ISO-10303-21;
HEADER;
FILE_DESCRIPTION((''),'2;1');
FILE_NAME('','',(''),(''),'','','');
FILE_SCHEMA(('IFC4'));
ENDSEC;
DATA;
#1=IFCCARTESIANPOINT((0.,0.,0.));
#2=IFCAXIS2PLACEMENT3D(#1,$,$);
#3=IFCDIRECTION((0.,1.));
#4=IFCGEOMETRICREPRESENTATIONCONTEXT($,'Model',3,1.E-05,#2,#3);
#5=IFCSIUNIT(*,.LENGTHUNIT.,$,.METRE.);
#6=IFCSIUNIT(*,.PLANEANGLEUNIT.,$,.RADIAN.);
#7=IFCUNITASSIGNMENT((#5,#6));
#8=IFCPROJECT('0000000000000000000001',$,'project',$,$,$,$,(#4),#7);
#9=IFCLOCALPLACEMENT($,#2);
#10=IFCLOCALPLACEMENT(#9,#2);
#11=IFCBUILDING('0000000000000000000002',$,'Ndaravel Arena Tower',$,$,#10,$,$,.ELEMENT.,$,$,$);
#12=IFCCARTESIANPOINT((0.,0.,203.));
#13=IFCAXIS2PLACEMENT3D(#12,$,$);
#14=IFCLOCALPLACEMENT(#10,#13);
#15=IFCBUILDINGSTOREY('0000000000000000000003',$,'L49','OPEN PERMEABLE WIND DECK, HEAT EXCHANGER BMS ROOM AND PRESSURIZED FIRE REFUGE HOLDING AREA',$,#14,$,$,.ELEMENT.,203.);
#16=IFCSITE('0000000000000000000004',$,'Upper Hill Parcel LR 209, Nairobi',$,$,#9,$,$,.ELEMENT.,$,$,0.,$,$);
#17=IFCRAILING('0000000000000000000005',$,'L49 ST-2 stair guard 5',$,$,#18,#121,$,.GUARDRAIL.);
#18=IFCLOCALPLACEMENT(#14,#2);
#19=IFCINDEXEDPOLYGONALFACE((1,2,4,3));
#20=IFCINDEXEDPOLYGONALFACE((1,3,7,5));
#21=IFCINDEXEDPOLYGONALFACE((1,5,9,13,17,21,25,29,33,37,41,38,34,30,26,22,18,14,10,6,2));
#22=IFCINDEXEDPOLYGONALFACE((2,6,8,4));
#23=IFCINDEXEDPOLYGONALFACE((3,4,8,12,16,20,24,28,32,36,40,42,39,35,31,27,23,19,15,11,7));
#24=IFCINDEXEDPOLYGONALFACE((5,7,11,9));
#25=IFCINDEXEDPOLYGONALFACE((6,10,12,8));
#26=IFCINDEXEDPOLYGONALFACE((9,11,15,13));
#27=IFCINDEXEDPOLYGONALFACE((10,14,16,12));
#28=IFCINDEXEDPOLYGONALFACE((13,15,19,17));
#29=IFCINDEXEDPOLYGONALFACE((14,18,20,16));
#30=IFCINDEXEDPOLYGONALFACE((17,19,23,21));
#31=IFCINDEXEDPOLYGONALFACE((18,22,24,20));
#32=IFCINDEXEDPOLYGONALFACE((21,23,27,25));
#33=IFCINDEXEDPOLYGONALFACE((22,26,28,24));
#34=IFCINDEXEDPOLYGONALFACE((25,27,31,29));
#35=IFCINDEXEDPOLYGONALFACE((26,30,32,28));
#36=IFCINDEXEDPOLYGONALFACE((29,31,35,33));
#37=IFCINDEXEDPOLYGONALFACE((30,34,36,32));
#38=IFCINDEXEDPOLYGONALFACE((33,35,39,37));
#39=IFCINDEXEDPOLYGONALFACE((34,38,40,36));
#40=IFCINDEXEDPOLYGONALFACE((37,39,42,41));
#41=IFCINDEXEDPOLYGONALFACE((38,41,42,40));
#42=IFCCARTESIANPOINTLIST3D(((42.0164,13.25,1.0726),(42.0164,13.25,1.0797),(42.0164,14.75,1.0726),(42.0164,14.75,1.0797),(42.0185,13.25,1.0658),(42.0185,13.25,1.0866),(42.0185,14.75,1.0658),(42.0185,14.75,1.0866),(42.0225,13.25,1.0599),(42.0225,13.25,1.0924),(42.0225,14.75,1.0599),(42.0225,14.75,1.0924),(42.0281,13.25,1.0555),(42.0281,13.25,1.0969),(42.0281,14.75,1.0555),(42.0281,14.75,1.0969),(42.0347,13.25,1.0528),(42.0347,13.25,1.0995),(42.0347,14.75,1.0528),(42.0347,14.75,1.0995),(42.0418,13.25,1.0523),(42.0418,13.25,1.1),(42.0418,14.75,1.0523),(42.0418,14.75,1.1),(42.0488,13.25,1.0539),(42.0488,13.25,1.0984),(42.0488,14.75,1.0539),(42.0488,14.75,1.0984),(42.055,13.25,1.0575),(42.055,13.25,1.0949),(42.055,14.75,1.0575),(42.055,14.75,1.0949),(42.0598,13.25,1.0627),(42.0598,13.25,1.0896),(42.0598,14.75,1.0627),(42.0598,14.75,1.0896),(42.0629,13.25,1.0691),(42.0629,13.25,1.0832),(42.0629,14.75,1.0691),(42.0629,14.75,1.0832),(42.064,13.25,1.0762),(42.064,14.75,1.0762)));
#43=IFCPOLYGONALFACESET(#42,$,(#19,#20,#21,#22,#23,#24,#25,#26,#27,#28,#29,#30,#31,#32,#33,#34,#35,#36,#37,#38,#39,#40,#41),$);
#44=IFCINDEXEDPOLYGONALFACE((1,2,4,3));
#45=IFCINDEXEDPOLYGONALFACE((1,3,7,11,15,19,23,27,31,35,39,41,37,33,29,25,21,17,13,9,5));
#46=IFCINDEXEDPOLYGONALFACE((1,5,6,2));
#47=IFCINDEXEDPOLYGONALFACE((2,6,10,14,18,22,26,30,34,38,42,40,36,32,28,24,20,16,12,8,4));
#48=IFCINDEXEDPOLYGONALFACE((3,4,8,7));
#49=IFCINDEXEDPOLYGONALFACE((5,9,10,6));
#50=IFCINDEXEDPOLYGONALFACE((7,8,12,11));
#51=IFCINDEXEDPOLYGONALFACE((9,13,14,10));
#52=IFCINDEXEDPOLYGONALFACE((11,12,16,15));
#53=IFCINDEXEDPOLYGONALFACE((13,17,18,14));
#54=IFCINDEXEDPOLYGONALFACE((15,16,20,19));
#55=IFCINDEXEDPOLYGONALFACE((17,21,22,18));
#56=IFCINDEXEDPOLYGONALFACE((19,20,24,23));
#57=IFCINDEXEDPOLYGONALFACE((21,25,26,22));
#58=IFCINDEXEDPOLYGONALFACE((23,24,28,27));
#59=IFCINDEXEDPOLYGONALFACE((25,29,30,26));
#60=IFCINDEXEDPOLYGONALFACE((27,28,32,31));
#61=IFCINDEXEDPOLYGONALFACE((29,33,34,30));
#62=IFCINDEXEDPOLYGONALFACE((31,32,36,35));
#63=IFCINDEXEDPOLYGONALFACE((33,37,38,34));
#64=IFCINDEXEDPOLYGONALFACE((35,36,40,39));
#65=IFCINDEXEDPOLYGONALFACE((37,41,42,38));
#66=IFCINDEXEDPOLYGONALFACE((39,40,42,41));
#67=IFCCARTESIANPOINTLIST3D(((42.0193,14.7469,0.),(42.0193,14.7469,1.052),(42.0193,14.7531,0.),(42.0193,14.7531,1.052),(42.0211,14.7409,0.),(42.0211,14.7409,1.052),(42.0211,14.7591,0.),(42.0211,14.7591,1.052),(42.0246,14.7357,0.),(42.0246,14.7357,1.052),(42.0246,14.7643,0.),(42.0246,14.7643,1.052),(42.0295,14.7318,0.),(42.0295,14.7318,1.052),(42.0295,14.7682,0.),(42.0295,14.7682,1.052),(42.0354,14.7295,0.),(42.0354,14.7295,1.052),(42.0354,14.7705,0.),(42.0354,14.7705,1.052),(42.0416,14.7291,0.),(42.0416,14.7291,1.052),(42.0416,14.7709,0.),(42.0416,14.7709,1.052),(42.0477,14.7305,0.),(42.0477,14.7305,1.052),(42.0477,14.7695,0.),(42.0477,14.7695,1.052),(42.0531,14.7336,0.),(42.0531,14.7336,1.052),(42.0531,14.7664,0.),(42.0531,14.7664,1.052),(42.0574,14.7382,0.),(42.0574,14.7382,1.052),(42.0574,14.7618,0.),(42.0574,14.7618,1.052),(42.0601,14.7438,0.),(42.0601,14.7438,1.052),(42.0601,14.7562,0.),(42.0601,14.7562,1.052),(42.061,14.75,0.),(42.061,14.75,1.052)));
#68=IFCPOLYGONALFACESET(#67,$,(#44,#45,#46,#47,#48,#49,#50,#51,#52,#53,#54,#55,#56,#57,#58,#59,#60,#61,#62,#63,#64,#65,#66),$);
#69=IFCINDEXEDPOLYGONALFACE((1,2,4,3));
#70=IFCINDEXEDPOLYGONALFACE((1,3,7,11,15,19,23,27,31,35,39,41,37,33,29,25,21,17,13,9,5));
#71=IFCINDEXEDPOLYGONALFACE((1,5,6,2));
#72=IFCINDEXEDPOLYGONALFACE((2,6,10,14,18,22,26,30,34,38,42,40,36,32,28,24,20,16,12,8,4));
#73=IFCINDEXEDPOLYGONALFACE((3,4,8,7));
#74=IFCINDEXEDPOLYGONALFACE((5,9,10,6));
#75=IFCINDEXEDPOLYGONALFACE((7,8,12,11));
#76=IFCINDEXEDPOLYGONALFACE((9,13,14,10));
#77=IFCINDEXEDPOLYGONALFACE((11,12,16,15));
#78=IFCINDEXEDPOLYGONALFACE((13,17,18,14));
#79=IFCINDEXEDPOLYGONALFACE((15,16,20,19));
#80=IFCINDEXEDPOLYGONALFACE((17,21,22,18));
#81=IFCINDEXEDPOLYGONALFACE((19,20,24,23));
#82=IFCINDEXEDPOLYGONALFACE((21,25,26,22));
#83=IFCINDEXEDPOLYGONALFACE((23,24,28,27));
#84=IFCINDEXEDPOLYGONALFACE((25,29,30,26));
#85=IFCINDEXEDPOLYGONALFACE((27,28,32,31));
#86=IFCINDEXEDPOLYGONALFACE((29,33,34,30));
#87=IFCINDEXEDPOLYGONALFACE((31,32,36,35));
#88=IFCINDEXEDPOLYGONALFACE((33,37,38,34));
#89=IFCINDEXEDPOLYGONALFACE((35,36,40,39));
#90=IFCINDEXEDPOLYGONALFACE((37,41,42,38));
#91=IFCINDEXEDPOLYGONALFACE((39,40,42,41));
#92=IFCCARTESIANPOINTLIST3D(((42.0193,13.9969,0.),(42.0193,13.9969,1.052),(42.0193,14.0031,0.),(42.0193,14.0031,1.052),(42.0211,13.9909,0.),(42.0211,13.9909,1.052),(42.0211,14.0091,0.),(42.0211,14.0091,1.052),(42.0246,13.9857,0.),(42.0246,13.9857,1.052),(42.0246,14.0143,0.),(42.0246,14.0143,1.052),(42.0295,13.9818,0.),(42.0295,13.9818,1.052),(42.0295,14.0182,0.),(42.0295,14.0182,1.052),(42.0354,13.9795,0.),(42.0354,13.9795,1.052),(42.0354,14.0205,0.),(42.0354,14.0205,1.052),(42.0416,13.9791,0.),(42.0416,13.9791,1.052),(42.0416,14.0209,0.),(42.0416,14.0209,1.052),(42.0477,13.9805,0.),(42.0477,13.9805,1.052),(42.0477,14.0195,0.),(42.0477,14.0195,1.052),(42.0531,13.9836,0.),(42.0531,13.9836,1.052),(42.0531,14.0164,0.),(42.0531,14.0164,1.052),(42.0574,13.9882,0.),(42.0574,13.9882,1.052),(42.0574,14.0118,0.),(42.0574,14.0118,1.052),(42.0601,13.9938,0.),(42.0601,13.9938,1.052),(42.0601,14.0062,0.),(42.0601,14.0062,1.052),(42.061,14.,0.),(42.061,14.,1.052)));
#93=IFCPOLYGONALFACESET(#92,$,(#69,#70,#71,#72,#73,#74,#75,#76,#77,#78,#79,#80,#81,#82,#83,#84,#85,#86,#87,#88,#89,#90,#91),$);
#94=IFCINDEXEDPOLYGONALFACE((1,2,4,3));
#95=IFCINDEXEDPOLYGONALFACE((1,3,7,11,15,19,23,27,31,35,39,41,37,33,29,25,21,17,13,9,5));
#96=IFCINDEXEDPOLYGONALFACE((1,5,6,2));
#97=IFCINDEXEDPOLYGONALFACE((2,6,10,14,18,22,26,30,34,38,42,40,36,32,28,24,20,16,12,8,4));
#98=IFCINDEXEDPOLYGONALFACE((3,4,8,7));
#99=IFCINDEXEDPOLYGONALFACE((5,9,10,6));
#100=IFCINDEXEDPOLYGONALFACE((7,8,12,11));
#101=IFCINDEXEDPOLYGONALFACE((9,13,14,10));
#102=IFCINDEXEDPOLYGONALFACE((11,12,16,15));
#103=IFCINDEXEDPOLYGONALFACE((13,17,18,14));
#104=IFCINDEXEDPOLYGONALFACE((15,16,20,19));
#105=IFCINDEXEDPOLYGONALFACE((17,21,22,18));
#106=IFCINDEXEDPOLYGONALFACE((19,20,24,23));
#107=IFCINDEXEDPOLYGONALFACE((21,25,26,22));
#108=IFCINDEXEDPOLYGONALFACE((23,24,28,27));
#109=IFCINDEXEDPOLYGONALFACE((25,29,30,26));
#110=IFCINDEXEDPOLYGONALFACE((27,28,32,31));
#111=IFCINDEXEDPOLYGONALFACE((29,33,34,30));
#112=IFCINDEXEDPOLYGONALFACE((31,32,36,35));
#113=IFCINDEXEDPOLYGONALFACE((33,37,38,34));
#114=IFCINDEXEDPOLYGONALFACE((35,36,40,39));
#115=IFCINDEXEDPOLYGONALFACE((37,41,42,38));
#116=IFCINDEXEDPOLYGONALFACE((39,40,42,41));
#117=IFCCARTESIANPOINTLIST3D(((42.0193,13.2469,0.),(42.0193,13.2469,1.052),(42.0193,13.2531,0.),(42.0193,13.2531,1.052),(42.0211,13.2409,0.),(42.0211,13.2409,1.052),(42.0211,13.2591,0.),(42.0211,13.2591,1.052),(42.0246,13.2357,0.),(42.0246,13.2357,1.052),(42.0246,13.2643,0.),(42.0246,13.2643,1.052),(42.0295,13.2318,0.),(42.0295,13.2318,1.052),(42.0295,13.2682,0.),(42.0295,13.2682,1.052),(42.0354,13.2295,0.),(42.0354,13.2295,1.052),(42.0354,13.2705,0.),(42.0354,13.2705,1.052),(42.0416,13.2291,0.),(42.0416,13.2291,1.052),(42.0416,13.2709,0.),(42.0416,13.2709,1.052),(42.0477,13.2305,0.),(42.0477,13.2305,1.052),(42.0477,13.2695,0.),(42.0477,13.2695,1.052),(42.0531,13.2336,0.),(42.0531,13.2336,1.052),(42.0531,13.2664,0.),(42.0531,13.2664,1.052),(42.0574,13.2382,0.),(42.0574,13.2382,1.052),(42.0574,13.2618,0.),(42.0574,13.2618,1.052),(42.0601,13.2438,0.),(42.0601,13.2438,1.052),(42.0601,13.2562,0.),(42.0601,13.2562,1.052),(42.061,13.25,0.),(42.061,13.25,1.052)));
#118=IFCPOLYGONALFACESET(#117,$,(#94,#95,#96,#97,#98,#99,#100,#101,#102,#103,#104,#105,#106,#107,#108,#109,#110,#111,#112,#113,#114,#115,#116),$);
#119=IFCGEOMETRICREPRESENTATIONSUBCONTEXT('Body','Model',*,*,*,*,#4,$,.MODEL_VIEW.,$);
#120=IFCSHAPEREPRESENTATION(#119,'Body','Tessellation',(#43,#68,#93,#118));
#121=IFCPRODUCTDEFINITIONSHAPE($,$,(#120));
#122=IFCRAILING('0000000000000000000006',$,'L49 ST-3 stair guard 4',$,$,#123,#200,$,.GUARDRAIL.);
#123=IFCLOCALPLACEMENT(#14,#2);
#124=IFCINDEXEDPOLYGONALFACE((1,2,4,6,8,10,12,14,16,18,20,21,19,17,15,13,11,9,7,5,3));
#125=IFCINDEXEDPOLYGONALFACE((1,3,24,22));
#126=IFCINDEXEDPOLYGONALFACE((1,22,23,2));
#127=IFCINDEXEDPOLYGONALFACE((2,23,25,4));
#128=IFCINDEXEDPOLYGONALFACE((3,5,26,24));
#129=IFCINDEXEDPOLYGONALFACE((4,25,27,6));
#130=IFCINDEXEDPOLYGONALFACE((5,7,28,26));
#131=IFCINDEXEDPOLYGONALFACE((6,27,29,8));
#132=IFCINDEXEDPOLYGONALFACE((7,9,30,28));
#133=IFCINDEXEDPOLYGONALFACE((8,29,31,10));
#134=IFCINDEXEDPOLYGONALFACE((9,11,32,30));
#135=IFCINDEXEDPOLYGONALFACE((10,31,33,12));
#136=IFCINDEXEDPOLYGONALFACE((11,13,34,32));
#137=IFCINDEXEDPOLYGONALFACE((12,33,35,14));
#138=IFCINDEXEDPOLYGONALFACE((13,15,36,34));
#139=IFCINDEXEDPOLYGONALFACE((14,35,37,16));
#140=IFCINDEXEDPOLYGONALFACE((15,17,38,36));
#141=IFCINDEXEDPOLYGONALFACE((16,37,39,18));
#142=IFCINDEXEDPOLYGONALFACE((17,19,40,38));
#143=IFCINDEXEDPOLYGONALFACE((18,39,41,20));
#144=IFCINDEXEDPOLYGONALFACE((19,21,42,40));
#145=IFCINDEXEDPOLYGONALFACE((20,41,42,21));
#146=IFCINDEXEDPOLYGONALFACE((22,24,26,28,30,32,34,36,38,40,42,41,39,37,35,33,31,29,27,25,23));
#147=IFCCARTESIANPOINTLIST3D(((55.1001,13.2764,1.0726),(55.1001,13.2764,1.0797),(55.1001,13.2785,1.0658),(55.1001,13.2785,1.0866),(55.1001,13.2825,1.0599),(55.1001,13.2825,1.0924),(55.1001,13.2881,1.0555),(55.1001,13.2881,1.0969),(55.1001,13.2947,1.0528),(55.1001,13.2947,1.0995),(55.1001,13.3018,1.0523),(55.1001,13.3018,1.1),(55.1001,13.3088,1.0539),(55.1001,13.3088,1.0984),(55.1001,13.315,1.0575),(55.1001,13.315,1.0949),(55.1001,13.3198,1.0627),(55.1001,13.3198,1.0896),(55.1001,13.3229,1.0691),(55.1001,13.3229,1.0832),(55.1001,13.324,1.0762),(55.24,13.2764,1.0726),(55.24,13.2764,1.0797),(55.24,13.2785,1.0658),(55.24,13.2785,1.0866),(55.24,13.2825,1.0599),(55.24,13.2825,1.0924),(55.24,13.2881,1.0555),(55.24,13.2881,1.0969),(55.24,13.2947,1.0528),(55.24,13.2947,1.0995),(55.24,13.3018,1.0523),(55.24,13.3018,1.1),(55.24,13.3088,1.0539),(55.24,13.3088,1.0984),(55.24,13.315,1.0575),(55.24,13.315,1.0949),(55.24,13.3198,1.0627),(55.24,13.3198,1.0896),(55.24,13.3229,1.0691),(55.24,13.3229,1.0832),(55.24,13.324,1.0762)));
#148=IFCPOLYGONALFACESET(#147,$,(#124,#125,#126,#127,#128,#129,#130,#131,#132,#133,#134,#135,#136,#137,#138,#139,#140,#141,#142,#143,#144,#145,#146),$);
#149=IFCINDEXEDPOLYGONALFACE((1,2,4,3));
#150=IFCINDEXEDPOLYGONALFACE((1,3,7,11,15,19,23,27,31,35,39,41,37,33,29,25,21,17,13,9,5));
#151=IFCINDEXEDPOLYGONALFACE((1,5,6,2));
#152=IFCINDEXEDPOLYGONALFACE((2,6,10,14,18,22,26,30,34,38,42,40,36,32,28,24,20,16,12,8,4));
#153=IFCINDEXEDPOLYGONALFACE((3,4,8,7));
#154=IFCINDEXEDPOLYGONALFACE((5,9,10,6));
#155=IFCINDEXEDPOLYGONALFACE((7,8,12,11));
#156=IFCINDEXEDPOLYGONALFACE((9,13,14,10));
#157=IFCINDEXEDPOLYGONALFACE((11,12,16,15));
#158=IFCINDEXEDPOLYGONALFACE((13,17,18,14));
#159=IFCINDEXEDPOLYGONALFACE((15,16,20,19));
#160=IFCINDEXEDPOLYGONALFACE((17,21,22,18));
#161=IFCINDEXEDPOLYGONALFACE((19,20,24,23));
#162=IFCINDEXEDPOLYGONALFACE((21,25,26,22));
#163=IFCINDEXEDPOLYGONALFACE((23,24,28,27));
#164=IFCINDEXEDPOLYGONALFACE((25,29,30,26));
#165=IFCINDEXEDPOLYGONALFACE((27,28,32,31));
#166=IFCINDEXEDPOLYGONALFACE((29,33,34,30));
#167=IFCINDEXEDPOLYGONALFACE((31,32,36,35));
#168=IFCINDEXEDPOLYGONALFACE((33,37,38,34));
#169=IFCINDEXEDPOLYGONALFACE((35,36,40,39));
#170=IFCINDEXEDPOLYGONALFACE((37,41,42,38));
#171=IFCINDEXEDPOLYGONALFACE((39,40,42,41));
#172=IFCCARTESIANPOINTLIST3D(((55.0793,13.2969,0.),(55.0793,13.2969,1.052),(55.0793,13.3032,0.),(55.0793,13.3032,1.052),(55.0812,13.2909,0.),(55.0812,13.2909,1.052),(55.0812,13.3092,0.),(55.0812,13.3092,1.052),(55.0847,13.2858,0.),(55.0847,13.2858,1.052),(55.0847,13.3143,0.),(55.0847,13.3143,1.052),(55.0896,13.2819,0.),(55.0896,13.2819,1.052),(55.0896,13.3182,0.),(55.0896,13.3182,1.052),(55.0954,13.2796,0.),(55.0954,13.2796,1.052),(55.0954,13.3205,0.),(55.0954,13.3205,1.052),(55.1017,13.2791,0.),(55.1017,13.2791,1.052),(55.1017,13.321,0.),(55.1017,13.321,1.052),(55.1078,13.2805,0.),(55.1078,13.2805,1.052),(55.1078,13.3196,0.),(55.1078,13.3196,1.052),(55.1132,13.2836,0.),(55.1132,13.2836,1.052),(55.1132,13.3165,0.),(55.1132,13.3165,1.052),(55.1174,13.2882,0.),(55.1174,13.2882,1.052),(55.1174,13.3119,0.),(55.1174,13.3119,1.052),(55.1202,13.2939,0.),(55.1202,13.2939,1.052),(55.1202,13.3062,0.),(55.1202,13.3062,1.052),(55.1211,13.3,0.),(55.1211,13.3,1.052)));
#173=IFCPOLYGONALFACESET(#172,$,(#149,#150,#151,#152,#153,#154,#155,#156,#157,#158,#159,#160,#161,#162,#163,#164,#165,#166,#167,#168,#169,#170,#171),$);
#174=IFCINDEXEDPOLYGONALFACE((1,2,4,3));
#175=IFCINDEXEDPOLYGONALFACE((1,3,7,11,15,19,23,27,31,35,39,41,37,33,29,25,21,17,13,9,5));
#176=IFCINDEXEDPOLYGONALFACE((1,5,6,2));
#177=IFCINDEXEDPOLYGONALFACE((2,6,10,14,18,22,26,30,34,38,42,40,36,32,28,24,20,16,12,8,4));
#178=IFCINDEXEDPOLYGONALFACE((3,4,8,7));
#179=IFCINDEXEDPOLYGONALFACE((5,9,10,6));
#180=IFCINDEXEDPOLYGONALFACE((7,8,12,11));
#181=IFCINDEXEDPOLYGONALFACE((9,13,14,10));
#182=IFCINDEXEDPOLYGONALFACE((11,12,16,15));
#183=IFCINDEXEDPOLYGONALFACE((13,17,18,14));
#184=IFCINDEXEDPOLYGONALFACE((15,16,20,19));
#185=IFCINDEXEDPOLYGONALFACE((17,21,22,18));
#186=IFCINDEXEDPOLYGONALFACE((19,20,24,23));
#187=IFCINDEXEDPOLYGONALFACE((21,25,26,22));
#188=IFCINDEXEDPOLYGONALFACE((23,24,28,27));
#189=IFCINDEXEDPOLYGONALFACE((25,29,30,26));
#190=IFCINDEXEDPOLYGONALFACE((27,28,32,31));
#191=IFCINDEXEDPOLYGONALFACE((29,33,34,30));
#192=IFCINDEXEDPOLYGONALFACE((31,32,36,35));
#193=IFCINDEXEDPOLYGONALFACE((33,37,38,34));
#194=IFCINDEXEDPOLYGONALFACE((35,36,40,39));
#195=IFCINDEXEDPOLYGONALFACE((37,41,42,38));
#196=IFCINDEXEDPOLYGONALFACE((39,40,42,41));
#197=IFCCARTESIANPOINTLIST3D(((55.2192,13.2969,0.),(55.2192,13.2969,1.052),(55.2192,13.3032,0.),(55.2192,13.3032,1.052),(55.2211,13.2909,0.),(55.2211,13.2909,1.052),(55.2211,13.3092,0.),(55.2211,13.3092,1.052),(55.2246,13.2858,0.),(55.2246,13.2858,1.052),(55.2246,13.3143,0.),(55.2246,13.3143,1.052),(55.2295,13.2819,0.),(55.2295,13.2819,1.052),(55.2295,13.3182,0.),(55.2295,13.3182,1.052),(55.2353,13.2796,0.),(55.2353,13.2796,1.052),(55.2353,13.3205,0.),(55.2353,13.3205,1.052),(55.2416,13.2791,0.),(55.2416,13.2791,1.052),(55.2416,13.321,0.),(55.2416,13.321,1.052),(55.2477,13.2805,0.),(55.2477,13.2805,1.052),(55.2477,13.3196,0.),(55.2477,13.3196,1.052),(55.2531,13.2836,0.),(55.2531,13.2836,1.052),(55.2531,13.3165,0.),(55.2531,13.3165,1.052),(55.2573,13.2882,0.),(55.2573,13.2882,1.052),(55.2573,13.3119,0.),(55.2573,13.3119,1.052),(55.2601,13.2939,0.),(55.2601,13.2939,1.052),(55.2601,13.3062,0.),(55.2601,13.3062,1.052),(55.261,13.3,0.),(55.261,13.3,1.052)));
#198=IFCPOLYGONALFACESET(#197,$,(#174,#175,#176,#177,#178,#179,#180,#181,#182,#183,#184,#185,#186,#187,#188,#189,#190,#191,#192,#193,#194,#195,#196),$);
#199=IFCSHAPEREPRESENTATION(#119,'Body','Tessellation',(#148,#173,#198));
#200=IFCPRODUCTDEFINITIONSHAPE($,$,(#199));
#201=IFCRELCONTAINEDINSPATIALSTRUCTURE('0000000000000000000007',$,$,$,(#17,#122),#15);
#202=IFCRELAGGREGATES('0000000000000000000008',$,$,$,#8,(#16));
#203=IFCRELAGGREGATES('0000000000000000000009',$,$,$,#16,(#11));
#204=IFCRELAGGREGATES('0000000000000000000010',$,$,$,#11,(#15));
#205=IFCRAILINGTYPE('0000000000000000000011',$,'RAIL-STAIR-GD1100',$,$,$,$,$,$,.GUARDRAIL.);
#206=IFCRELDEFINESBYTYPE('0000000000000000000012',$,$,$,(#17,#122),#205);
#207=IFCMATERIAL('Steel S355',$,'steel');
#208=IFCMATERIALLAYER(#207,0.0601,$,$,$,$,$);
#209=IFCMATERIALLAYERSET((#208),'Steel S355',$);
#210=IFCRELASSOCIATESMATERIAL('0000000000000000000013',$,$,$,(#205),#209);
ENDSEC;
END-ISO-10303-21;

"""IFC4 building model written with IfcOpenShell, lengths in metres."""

from ifc_helpers import new_model, si_unit, direction, frame, origin, origin_2d, place, context, subcontext, project, spatial, circle, extrude, material, layer, layer_set, type_object, element, save


model = new_model("IFC4")

# Units and contexts
model_context = context("Model", 3, precision=1e-05, world=origin(), true_north=direction((0.0, 1.0)))
body_context = subcontext(model_context, "Body", "Model", "MODEL_VIEW")
ifc_project = project(units=[si_unit("LENGTHUNIT", "METRE"), si_unit("PLANEANGLEUNIT", "RADIAN")], contexts=[model_context])

# Site, building, storey
site_placement = place(None, origin())
site = spatial("IfcSite", under=ifc_project, at=site_placement, Name="Upper Hill Parcel LR 209, Nairobi", CompositionType="ELEMENT", RefElevation=0.0)
building_placement = place(site_placement, origin())
building = spatial("IfcBuilding", under=site, at=building_placement, Name="Ndaravel Arena Tower", CompositionType="ELEMENT")
storey_placement = place(building_placement, frame((0.0, 0.0, 203.0)))
storey = spatial("IfcBuildingStorey", under=building, at=storey_placement, Name="L49", Description="OPEN PERMEABLE WIND DECK, HEAT EXCHANGER BMS ROOM AND PRESSURIZED FIRE REFUGE HOLDING AREA", CompositionType="ELEMENT", Elevation=203.0)

# Railings
ifc_material_1 = material(Name="Steel S355", Category="steel")
ifc_layer_1 = layer(ifc_material_1, 0.0601)
ifc_layer_set_1 = layer_set([ifc_layer_1], Name="Steel S355")
railing_type_1 = type_object("IfcRailingType", Name="RAIL-STAIR-GD1100", PredefinedType="GUARDRAIL", material=ifc_layer_set_1)
railing_1_placement = place(storey_placement, frame((42.04, 14.75, 0.0)))
element("IfcRailing", 1, at=railing_1_placement, inside=storey, type_object=railing_type_1, Name="L49 ST-2 stair guard 5", PredefinedType="GUARDRAIL", context=body_context, shape_type="SweptSolid", body=[
    extrude(circle(Radius=0.0239, at=origin_2d()), frame((0.0, 0.0, 1.0762), z_axis=(0.0, -1.0, 0.0), x_axis=(1.0, 0.0, 0.0)), (0.0, 0.0, 1.0), 1.5),
    extrude(circle(Radius=0.021, at=origin_2d()), origin(), (0.0, 0.0, 1.0), 1.052),
    extrude(circle(Radius=0.021, at=origin_2d()), frame((0.0, -0.75, 0.0)), (0.0, 0.0, 1.0), 1.052),
    extrude(circle(Radius=0.021, at=origin_2d()), frame((0.0, -1.5, 0.0)), (0.0, 0.0, 1.0), 1.052),
])
railing_2_placement = place(storey_placement, frame((55.1001, 13.3, 0.0)))
element("IfcRailing", 2, at=railing_2_placement, inside=storey, type_object=railing_type_1, Name="L49 ST-3 stair guard 4", PredefinedType="GUARDRAIL", context=body_context, shape_type="SweptSolid", body=[
    extrude(circle(Radius=0.0239, at=origin_2d()), frame((0.0, 0.0, 1.0762), z_axis=(1.0, 0.0, 0.0), x_axis=(0.0, 1.0, 0.0)), (0.0, 0.0, 1.0), 0.1399),
    extrude(circle(Radius=0.021, at=origin_2d()), origin(), (0.0, 0.0, 1.0), 1.052),
    extrude(circle(Radius=0.021, at=origin_2d()), frame((0.1399, 0.0, 0.0)), (0.0, 0.0, 1.0), 1.052),
])

save(model, "model.ifc")
